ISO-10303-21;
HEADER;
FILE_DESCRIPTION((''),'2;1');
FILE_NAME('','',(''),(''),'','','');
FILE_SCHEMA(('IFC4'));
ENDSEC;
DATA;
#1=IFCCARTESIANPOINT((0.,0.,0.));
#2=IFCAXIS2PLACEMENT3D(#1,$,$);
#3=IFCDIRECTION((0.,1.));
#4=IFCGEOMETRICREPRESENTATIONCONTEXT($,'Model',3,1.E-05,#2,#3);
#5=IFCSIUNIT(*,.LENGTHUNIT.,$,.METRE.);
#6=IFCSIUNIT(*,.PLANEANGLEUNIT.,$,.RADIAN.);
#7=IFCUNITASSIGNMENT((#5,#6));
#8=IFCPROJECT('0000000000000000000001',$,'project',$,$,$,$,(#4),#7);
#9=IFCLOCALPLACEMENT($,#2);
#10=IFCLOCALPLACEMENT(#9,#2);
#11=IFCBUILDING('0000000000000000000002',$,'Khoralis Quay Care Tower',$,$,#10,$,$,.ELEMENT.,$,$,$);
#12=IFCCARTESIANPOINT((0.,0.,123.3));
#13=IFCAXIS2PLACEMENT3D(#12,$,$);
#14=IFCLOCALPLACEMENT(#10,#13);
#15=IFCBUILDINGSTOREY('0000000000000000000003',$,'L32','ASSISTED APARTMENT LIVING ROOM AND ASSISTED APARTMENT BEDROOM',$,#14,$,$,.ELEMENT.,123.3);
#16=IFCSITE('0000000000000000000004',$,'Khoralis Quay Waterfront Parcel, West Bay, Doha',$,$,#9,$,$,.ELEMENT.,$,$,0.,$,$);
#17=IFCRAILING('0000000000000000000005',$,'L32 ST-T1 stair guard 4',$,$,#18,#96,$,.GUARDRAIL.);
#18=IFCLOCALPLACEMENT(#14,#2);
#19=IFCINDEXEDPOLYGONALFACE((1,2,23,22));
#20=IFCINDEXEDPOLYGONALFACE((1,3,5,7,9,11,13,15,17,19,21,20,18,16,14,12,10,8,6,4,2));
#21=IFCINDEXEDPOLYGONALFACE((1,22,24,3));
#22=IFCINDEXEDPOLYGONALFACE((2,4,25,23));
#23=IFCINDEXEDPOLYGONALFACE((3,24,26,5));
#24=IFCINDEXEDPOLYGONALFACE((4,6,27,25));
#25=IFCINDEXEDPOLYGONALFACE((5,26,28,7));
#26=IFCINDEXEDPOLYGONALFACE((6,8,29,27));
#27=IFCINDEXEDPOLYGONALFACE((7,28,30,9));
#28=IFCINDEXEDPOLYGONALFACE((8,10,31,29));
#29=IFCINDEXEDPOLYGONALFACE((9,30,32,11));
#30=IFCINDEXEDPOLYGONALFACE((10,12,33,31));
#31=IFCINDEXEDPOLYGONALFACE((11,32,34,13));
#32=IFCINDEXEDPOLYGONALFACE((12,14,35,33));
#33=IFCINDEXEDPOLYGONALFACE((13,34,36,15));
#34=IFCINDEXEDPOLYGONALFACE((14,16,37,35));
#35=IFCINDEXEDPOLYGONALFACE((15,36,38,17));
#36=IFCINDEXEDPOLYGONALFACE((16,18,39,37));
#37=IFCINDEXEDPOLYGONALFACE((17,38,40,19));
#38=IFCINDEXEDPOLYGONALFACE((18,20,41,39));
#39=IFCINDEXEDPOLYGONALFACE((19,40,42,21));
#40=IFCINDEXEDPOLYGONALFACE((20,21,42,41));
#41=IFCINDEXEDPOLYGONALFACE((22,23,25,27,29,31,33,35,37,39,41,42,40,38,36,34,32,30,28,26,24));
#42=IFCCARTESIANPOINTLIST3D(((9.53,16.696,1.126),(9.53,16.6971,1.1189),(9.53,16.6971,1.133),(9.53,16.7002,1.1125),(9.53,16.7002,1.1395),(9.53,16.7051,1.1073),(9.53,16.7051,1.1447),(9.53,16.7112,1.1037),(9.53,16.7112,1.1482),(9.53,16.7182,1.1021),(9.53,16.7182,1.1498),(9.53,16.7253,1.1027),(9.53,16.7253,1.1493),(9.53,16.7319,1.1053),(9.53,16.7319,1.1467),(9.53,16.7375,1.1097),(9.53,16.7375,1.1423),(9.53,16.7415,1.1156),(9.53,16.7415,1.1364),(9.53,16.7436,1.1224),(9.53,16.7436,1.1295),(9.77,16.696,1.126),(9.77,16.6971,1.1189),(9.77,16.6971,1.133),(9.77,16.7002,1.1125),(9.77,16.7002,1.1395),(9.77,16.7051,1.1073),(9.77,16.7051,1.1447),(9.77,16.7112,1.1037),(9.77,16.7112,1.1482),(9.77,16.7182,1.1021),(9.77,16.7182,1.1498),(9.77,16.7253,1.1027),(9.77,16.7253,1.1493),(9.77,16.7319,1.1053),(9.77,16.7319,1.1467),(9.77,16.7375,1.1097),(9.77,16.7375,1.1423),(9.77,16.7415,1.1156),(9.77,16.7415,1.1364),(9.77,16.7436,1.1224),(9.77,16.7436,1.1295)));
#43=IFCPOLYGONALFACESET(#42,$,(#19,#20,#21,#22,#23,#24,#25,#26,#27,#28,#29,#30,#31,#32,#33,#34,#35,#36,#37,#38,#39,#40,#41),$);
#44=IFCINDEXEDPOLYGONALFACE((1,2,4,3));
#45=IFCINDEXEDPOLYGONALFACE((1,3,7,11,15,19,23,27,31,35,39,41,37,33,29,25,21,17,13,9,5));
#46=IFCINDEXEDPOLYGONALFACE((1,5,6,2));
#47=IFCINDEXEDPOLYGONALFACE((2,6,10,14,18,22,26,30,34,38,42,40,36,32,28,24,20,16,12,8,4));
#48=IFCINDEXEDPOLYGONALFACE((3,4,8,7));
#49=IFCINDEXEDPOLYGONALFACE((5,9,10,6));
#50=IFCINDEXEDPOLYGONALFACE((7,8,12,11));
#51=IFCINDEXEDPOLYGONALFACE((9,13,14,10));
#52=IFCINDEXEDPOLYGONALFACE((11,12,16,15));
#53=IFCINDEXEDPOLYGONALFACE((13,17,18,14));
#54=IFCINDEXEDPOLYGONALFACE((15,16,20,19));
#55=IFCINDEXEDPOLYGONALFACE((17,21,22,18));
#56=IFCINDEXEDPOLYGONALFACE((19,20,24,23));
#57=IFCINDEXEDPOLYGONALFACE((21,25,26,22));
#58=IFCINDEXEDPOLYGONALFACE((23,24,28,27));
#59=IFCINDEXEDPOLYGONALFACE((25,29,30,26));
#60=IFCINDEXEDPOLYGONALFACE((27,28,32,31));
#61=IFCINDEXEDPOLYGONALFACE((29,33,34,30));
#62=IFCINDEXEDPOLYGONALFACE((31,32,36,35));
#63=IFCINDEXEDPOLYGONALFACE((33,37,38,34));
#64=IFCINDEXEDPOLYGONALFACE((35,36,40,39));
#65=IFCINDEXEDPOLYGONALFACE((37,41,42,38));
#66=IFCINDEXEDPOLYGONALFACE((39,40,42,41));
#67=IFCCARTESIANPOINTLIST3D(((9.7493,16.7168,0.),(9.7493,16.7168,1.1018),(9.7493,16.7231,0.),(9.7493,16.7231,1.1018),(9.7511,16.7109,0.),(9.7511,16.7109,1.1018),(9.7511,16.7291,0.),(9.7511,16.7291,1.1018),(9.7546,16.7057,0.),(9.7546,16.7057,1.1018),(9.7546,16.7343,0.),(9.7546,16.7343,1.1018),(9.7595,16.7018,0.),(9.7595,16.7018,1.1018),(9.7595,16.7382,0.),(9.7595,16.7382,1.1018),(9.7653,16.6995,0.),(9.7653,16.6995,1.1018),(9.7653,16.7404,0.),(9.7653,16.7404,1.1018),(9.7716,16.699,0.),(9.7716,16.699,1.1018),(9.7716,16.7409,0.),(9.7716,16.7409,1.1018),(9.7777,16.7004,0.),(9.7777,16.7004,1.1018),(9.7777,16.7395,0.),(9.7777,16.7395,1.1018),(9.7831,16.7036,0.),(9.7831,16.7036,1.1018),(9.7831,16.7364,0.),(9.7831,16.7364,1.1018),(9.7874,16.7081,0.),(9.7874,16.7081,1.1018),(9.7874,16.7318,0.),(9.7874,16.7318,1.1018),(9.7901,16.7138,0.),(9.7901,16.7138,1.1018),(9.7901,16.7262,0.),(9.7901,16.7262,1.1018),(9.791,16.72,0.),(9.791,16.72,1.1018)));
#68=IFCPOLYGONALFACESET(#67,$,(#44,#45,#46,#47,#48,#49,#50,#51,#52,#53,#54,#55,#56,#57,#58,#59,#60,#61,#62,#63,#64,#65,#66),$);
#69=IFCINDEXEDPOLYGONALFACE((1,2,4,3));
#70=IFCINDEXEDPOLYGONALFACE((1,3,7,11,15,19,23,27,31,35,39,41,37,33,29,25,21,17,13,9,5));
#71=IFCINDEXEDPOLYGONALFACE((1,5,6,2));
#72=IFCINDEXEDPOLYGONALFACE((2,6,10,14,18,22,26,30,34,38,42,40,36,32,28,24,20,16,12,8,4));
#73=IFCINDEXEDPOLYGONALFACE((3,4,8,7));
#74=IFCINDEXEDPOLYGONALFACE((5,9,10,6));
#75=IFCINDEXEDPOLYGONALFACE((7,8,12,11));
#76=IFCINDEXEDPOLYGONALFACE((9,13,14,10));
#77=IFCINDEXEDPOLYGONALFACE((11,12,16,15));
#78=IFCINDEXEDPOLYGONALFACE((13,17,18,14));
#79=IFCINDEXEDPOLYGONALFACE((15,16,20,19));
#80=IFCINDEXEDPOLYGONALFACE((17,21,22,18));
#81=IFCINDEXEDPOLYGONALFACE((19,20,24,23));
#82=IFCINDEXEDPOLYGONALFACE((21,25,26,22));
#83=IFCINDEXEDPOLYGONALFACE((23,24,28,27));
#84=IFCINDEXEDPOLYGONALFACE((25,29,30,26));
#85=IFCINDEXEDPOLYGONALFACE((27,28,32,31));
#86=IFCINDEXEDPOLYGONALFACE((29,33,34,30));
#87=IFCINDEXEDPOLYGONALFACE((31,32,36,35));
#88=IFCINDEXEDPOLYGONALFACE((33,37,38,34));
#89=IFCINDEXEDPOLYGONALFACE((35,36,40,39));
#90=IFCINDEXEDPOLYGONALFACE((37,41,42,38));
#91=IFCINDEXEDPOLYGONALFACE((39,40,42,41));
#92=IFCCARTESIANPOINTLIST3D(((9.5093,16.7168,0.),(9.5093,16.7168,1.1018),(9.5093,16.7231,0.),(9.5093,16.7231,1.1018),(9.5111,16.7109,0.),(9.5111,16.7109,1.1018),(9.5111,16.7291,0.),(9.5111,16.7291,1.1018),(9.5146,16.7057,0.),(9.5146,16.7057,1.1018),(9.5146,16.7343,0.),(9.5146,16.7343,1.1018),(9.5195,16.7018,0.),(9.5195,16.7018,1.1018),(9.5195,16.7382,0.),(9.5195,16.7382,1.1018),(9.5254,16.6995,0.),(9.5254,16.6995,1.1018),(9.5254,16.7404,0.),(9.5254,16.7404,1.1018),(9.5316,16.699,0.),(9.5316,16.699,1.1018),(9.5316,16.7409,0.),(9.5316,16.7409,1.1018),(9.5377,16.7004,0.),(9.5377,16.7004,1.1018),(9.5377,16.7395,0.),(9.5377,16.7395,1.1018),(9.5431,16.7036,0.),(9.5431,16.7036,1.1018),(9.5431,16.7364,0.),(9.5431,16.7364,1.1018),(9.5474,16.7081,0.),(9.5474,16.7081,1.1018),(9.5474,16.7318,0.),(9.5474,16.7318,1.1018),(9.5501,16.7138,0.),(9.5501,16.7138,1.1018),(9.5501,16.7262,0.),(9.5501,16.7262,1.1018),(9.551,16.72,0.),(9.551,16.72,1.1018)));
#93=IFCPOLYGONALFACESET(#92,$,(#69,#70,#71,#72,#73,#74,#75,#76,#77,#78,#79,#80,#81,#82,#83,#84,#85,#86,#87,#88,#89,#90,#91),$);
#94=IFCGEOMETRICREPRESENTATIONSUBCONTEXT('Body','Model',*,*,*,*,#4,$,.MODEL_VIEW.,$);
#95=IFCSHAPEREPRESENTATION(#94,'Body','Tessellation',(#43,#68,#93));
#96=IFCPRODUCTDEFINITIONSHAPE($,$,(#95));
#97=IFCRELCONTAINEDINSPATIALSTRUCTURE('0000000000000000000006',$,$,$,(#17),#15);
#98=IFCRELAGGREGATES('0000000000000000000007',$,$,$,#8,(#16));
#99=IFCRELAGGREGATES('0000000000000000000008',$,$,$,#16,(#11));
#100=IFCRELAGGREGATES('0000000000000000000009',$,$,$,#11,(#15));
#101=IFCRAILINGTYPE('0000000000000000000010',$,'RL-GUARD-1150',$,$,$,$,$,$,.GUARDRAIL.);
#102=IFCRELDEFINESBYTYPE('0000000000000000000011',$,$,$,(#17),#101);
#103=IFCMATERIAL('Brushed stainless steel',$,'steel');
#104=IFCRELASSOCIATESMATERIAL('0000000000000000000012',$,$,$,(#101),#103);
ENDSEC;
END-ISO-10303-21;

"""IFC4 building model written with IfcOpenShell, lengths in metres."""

from ifc_helpers import new_model, si_unit, direction, frame, origin, origin_2d, place, context, subcontext, project, spatial, circle, extrude, material, type_object, element, save


model = new_model("IFC4")

# Units and contexts
model_context = context("Model", 3, precision=1e-05, world=origin(), true_north=direction((0.0, 1.0)))
body_context = subcontext(model_context, "Body", "Model", "MODEL_VIEW")
ifc_project = project(units=[si_unit("LENGTHUNIT", "METRE"), si_unit("PLANEANGLEUNIT", "RADIAN")], contexts=[model_context])

# Site, building, storey
site_placement = place(None, origin())
site = spatial("IfcSite", under=ifc_project, at=site_placement, Name="Khoralis Quay Waterfront Parcel, West Bay, Doha", CompositionType="ELEMENT", RefElevation=0.0)
building_placement = place(site_placement, origin())
building = spatial("IfcBuilding", under=site, at=building_placement, Name="Khoralis Quay Care Tower", CompositionType="ELEMENT")
storey_placement = place(building_placement, frame((0.0, 0.0, 123.3)))
storey = spatial("IfcBuildingStorey", under=building, at=storey_placement, Name="L32", Description="ASSISTED APARTMENT LIVING ROOM AND ASSISTED APARTMENT BEDROOM", CompositionType="ELEMENT", Elevation=123.3)

# Shared definitions
ifc_material_1 = material(Name="Brushed stainless steel", Category="steel")

# Railing
railing_type_1 = type_object("IfcRailingType", Name="RL-GUARD-1150", PredefinedType="GUARDRAIL", material=ifc_material_1)
railing_1_placement = place(storey_placement, frame((9.77, 16.72, 0.0)))
element("IfcRailing", 1, at=railing_1_placement, inside=storey, type_object=railing_type_1, Name="L32 ST-T1 stair guard 4", PredefinedType="GUARDRAIL", context=body_context, shape_type="SweptSolid", body=[
    extrude(circle(Radius=0.0239, at=origin_2d()), frame((0.0, 0.0, 1.126), z_axis=(-1.0, 0.0, 0.0), x_axis=(0.0, -1.0, 0.0)), (0.0, 0.0, 1.0), 0.24),
    extrude(circle(Radius=0.021, at=origin_2d()), origin(), (0.0, 0.0, 1.0), 1.1018),
    extrude(circle(Radius=0.021, at=origin_2d()), frame((-0.24, 0.0, 0.0)), (0.0, 0.0, 1.0), 1.1018),
])

save(model, "model.ifc")
